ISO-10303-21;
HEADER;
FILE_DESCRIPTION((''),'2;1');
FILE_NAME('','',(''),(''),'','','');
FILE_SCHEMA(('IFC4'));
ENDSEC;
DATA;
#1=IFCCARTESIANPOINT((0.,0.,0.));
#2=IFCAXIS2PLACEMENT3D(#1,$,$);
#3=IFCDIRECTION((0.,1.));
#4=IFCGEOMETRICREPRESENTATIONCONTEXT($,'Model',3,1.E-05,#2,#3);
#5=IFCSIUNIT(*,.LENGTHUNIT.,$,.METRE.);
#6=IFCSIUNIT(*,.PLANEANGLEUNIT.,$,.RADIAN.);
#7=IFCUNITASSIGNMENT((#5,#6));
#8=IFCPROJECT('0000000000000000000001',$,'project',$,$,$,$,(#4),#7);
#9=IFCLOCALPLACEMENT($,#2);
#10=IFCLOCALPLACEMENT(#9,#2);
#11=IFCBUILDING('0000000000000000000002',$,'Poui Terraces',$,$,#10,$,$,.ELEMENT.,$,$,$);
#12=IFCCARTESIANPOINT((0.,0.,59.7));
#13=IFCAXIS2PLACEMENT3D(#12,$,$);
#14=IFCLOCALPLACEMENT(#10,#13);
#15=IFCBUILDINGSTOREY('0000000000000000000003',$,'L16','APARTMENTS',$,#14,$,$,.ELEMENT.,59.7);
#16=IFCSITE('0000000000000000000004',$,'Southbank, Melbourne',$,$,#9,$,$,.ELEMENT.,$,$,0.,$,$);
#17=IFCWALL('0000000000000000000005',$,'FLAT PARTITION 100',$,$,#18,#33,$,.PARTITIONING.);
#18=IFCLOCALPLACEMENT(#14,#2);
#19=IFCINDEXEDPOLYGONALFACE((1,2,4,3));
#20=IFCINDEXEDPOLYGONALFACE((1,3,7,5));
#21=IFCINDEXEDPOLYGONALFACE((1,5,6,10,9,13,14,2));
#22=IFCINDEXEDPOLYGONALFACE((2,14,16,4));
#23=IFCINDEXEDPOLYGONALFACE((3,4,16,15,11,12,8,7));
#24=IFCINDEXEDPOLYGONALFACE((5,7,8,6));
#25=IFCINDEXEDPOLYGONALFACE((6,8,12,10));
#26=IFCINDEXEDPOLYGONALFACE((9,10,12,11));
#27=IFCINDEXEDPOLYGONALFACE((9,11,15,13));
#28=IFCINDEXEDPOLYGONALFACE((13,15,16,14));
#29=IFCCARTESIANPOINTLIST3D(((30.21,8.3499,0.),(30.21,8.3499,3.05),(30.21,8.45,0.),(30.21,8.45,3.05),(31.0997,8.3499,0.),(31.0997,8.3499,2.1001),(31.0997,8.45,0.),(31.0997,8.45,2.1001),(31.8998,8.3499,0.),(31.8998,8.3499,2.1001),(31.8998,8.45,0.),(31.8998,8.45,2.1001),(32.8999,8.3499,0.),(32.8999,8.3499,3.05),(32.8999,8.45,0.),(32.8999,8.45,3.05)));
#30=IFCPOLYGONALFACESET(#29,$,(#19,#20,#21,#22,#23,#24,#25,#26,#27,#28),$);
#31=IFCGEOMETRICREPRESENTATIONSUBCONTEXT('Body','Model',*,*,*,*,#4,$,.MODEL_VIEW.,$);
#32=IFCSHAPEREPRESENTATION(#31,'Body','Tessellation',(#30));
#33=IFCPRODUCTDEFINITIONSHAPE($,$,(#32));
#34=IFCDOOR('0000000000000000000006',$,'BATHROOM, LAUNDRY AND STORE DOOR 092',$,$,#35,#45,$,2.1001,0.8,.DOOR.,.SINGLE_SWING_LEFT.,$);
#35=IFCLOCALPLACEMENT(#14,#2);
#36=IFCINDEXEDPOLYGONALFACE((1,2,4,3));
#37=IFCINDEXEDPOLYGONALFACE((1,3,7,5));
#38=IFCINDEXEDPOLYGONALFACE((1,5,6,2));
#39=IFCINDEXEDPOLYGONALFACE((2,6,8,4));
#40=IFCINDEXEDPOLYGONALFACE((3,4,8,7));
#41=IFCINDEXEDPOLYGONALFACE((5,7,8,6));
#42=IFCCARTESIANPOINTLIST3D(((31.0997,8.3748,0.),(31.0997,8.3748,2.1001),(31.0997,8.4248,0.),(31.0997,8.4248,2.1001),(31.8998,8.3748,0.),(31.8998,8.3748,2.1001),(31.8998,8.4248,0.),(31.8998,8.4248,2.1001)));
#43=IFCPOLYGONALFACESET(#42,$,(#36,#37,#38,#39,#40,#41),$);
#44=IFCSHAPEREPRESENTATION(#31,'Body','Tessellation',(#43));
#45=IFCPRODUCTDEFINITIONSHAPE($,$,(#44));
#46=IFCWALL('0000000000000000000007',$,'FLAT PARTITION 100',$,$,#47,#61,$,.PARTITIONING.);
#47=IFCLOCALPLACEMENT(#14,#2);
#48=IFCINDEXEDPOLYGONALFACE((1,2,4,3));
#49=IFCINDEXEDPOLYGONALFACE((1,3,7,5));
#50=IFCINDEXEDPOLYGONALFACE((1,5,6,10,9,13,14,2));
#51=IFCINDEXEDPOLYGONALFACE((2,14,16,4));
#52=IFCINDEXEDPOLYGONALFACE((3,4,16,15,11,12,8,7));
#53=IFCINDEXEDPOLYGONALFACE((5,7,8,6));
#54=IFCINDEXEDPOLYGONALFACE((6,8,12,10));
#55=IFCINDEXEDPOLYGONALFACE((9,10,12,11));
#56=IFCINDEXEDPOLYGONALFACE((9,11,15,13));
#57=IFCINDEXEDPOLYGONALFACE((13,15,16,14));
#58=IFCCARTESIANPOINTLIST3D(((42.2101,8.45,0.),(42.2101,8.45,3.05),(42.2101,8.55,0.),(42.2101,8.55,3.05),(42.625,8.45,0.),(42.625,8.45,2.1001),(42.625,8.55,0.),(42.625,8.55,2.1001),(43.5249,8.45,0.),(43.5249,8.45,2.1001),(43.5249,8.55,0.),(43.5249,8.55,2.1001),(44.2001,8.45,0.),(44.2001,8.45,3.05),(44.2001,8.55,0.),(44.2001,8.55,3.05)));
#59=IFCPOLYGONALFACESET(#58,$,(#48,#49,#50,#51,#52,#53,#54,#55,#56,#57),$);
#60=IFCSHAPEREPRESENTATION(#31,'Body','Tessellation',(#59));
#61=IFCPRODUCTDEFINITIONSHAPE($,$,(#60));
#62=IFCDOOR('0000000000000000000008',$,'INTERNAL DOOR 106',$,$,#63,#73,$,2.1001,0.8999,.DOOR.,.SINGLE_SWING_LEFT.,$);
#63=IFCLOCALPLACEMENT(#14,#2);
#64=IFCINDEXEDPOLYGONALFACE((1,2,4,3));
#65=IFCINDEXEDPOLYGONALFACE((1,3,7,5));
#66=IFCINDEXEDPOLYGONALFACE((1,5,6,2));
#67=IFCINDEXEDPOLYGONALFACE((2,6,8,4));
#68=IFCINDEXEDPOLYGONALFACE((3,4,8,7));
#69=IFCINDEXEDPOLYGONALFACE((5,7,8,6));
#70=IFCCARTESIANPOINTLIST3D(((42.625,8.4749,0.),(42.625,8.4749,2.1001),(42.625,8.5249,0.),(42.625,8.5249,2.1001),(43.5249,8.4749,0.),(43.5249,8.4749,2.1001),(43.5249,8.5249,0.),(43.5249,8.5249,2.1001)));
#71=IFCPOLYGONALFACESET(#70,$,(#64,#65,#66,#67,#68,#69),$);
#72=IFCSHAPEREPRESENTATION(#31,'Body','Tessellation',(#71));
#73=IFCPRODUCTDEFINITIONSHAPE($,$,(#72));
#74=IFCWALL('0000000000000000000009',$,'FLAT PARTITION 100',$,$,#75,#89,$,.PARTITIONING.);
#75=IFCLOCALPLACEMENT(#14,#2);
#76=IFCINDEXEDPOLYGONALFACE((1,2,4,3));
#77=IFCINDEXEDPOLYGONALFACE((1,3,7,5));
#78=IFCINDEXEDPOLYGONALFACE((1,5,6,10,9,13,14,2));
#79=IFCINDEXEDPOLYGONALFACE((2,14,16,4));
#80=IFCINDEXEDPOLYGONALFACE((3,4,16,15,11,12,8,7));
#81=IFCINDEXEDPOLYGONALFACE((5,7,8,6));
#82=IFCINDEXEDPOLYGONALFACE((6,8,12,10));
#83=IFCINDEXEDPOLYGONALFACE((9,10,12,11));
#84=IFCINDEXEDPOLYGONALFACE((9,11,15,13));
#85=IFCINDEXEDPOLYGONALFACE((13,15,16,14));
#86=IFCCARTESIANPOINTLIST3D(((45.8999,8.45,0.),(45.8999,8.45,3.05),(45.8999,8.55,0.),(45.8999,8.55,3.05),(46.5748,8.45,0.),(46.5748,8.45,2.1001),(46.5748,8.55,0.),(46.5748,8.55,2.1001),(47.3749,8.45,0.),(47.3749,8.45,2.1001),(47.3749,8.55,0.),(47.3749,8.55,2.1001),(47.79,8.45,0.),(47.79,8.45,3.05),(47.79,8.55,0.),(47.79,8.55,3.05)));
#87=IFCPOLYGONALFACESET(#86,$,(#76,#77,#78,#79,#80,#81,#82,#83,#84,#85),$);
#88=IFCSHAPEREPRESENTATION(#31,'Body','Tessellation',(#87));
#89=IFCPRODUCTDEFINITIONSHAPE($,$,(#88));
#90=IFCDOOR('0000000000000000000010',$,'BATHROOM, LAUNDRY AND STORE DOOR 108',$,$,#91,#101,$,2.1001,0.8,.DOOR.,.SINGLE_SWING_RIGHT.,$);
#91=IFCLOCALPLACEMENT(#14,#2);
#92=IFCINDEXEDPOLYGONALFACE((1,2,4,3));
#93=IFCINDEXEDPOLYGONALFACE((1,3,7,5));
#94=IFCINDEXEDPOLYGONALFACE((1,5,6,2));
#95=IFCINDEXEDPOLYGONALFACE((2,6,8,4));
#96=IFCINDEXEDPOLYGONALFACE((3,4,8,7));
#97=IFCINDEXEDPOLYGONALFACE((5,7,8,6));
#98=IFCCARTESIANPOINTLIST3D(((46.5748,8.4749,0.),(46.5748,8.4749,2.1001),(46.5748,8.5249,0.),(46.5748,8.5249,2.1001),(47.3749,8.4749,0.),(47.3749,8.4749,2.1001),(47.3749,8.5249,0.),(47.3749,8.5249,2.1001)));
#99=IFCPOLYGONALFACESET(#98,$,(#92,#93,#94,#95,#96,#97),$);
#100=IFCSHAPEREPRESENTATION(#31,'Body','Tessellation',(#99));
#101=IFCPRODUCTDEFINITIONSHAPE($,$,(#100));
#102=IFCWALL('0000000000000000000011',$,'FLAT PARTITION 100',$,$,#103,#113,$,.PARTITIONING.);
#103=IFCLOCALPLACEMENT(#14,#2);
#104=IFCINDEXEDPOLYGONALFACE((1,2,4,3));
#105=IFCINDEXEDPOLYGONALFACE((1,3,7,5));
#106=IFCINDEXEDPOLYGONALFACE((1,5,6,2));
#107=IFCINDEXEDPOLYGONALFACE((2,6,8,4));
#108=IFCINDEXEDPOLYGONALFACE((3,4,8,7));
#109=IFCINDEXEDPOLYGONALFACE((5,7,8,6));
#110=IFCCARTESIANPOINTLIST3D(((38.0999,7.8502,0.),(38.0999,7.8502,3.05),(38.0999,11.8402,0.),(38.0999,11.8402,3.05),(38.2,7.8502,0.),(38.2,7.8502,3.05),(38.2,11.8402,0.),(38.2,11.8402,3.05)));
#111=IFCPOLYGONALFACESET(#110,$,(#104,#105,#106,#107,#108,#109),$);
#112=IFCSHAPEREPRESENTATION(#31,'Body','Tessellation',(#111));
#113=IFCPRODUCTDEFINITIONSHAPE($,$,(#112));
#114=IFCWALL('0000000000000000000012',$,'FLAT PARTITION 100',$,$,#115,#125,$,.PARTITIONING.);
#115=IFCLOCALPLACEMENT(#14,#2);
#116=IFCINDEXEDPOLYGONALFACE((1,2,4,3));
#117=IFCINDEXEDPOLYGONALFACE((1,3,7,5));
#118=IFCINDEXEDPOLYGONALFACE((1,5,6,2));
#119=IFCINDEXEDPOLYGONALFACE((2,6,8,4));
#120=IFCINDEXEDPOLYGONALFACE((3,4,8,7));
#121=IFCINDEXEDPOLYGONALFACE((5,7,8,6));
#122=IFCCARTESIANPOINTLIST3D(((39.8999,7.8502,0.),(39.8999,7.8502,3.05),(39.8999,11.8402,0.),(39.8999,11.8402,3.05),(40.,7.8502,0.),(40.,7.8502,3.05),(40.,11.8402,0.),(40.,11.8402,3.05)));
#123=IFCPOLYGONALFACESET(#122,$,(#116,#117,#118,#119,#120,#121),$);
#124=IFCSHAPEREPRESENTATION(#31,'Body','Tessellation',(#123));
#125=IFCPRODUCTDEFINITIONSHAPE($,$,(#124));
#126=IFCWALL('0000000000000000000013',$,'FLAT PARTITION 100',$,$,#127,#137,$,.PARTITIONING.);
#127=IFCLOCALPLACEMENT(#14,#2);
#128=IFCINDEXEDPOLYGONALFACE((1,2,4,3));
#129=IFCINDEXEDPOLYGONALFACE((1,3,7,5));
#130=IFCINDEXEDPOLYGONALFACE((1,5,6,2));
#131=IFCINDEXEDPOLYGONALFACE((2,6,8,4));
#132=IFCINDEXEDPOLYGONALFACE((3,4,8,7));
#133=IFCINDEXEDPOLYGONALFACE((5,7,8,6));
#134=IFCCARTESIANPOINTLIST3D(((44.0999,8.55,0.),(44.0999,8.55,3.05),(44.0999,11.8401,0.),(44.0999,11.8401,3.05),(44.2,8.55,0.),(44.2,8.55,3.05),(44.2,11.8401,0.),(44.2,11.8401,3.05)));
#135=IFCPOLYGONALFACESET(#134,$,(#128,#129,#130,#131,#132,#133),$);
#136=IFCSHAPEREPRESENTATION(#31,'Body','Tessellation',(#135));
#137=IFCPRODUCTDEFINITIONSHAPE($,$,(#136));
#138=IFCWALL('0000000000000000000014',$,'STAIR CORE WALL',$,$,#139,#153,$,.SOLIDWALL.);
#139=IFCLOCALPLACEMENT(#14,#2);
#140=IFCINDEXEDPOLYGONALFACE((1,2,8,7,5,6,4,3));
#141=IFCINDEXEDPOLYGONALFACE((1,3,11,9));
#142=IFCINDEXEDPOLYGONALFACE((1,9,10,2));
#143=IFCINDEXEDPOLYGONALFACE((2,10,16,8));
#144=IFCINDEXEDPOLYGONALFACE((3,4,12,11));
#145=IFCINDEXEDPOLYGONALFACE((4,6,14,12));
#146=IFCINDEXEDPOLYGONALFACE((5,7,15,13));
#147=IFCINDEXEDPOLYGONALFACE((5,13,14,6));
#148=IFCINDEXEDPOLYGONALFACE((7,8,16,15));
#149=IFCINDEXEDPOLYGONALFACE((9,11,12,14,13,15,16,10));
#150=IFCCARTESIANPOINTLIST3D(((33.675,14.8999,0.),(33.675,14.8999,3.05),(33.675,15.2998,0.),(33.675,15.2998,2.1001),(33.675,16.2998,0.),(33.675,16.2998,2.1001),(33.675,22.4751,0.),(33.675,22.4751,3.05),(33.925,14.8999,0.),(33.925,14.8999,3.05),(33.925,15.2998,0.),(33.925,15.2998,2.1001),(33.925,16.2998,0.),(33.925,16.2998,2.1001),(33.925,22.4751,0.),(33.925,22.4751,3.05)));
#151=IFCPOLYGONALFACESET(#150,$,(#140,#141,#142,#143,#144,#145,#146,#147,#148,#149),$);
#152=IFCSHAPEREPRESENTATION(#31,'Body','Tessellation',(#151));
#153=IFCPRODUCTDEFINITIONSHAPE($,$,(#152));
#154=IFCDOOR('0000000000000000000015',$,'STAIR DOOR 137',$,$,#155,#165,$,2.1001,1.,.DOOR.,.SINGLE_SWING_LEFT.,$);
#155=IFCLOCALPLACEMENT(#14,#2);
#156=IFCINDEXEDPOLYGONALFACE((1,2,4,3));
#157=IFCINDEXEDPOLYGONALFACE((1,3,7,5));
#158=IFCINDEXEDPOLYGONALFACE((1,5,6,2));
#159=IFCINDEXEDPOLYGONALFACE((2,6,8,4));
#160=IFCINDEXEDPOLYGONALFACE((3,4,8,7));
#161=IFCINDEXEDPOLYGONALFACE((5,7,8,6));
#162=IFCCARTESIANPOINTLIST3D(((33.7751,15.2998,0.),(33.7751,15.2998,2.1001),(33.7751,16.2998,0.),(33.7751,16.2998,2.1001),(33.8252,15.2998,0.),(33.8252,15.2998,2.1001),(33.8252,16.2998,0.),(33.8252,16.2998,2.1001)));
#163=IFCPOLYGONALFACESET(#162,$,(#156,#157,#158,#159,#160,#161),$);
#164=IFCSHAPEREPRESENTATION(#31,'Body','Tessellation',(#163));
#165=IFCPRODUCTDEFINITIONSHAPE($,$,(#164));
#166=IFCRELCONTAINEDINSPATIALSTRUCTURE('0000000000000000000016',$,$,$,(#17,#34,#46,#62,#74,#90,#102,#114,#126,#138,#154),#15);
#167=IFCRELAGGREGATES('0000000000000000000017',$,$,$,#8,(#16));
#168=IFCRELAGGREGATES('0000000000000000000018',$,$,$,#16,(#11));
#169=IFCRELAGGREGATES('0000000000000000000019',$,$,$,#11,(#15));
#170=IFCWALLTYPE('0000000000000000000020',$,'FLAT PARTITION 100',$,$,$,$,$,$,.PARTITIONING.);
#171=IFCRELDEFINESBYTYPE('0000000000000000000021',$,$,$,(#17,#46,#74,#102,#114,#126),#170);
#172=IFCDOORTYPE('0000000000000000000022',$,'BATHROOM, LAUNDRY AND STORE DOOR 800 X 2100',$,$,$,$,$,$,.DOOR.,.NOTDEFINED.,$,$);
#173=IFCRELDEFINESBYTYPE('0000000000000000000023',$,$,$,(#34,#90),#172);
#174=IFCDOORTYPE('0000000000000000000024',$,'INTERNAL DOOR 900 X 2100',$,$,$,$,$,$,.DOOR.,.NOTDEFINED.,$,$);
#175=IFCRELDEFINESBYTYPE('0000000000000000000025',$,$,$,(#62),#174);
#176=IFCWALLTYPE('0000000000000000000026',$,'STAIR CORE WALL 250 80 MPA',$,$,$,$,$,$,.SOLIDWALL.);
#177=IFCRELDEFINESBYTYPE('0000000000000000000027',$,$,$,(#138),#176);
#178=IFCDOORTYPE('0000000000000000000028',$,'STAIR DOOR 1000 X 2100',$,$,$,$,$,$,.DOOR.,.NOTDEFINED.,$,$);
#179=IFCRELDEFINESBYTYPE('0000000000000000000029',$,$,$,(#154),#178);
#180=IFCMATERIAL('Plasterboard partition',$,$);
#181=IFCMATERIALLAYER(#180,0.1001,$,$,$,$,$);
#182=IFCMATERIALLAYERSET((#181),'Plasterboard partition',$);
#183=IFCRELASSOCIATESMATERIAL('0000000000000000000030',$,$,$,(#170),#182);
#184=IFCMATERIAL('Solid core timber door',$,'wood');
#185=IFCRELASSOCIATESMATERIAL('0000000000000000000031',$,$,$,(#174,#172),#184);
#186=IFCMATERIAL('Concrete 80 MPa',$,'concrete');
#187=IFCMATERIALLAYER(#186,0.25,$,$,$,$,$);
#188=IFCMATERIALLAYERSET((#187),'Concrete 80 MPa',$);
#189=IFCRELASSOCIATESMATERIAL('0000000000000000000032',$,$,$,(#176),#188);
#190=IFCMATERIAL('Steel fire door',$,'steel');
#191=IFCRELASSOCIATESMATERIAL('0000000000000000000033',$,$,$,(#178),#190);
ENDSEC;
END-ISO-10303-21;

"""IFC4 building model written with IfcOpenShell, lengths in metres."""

from ifc_helpers import new_model, si_unit, direction, frame, frame_2d, origin, place, context, subcontext, project, spatial, rectangle, extrude, material, layer, layer_set, type_object, element, fill, save


model = new_model("IFC4")

# Units and contexts
model_context = context("Model", 3, precision=1e-05, world=origin(), true_north=direction((0.0, 1.0)))
body_context = subcontext(model_context, "Body", "Model", "MODEL_VIEW")
ifc_project = project(units=[si_unit("LENGTHUNIT", "METRE"), si_unit("PLANEANGLEUNIT", "RADIAN")], contexts=[model_context])

# Site, building, storey
site_placement = place(None, origin())
site = spatial("IfcSite", under=ifc_project, at=site_placement, Name="Southbank, Melbourne", CompositionType="ELEMENT", RefElevation=0.0)
building_placement = place(site_placement, origin())
building = spatial("IfcBuilding", under=site, at=building_placement, Name="Poui Terraces", CompositionType="ELEMENT")
storey_placement = place(building_placement, frame((0.0, 0.0, 59.7)))
storey = spatial("IfcBuildingStorey", under=building, at=storey_placement, Name="L16", Description="APARTMENTS", CompositionType="ELEMENT", Elevation=59.7)

# Shared definitions
ifc_material_1 = material(Name="Concrete 80 MPa", Category="concrete")

# Walls, openings, doors
ifc_material_2 = material(Name="Steel fire door", Category="steel")
ifc_material_3 = material(Name="Plasterboard partition")
ifc_layer_1 = layer(ifc_material_3, 0.1001)
ifc_layer_set_1 = layer_set([ifc_layer_1], Name="Plasterboard partition")
wall_type_1 = type_object("IfcWallType", Name="FLAT PARTITION 100", PredefinedType="PARTITIONING", material=ifc_layer_set_1)
ifc_material_4 = material(Name="Solid core timber door", Category="wood")
door_type_1 = type_object("IfcDoorType", Name="INTERNAL DOOR 900 X 2100", OperationType="NOTDEFINED", PredefinedType="DOOR", material=ifc_material_4)
door_type_2 = type_object("IfcDoorType", Name="BATHROOM, LAUNDRY AND STORE DOOR 800 X 2100", OperationType="NOTDEFINED", PredefinedType="DOOR", material=ifc_material_4)
wall_1_placement = place(storey_placement, frame((30.21, 8.3999, 0.0), z_axis=(0.0, 0.0, 1.0), x_axis=(1.0, 0.0, 0.0)))
wall_1 = element("IfcWall", 1, at=wall_1_placement, inside=storey, type_object=wall_type_1, Name="FLAT PARTITION 100", PredefinedType="PARTITIONING", context=body_context, shape_type="SweptSolid", body=[
    extrude(rectangle(XDim=2.6899, YDim=0.1001, at=frame_2d((1.345, 0.0))), origin(), (0.0, 0.0, 1.0), 3.05),
])
opening_1_placement = place(wall_1_placement, frame((0.8899, 0.0, 0.0)))
opening_1 = element("IfcOpeningElement", 2, at=opening_1_placement, cuts=wall_1, PredefinedType="OPENING", context=body_context, shape_type="SweptSolid", body=[
    extrude(rectangle(XDim=0.8, YDim=2.1001, at=frame_2d((0.3999, 1.05))), frame((0.0, 0.0601, 0.0), z_axis=(0.0, -1.0, 0.0), x_axis=(1.0, 0.0, 0.0)), (0.0, 0.0, 1.0), 0.1201),
])
door_1_placement = place(opening_1_placement, origin())
door_1 = element("IfcDoor", 3, at=door_1_placement, inside=storey, type_object=door_type_2, Name="BATHROOM, LAUNDRY AND STORE DOOR 092", OperationType="SINGLE_SWING_LEFT", OverallHeight=2.1001, OverallWidth=0.8, PredefinedType="DOOR", context=body_context, shape_type="SweptSolid", body=[
    extrude(rectangle(XDim=0.8, YDim=2.1001, at=frame_2d((0.3999, 1.05))), frame((0.0, 0.0249, 0.0), z_axis=(0.0, -1.0, 0.0), x_axis=(1.0, 0.0, 0.0)), (0.0, 0.0, 1.0), 0.05),
])
fill(opening_1, door_1)
wall_2_placement = place(storey_placement, frame((42.21, 8.5, 0.0), z_axis=(0.0, 0.0, 1.0), x_axis=(1.0, 0.0, 0.0)))
wall_2 = element("IfcWall", 4, at=wall_2_placement, inside=storey, type_object=wall_type_1, Name="FLAT PARTITION 100", PredefinedType="PARTITIONING", context=body_context, shape_type="SweptSolid", body=[
    extrude(rectangle(XDim=1.99, YDim=0.1001, at=frame_2d((0.9951, 0.0))), origin(), (0.0, 0.0, 1.0), 3.05),
])
opening_2_placement = place(wall_2_placement, frame((0.415, 0.0, 0.0)))
opening_2 = element("IfcOpeningElement", 5, at=opening_2_placement, cuts=wall_2, PredefinedType="OPENING", context=body_context, shape_type="SweptSolid", body=[
    extrude(rectangle(XDim=0.8999, YDim=2.1001, at=frame_2d((0.45, 1.05))), frame((0.0, 0.0601, 0.0), z_axis=(0.0, -1.0, 0.0), x_axis=(1.0, 0.0, 0.0)), (0.0, 0.0, 1.0), 0.1201),
])
door_2_placement = place(opening_2_placement, origin())
door_2 = element("IfcDoor", 6, at=door_2_placement, inside=storey, type_object=door_type_1, Name="INTERNAL DOOR 106", OperationType="SINGLE_SWING_LEFT", OverallHeight=2.1001, OverallWidth=0.8999, PredefinedType="DOOR", context=body_context, shape_type="SweptSolid", body=[
    extrude(rectangle(XDim=0.8999, YDim=2.1001, at=frame_2d((0.45, 1.05))), frame((0.0, 0.0249, 0.0), z_axis=(0.0, -1.0, 0.0), x_axis=(1.0, 0.0, 0.0)), (0.0, 0.0, 1.0), 0.05),
])
fill(opening_2, door_2)
wall_3_placement = place(storey_placement, frame((45.8999, 8.5, 0.0), z_axis=(0.0, 0.0, 1.0), x_axis=(1.0, 0.0, 0.0)))
wall_3 = element("IfcWall", 7, at=wall_3_placement, inside=storey, type_object=wall_type_1, Name="FLAT PARTITION 100", PredefinedType="PARTITIONING", context=body_context, shape_type="SweptSolid", body=[
    extrude(rectangle(XDim=1.8901, YDim=0.1001, at=frame_2d((0.9451, 0.0))), origin(), (0.0, 0.0, 1.0), 3.05),
])
opening_3_placement = place(wall_3_placement, frame((0.675, 0.0, 0.0)))
opening_3 = element("IfcOpeningElement", 8, at=opening_3_placement, cuts=wall_3, PredefinedType="OPENING", context=body_context, shape_type="SweptSolid", body=[
    extrude(rectangle(XDim=0.8, YDim=2.1001, at=frame_2d((0.3999, 1.05))), frame((0.0, 0.0601, 0.0), z_axis=(0.0, -1.0, 0.0), x_axis=(1.0, 0.0, 0.0)), (0.0, 0.0, 1.0), 0.1201),
])
door_3_placement = place(opening_3_placement, origin())
door_3 = element("IfcDoor", 9, at=door_3_placement, inside=storey, type_object=door_type_2, Name="BATHROOM, LAUNDRY AND STORE DOOR 108", OperationType="SINGLE_SWING_RIGHT", OverallHeight=2.1001, OverallWidth=0.8, PredefinedType="DOOR", context=body_context, shape_type="SweptSolid", body=[
    extrude(rectangle(XDim=0.8, YDim=2.1001, at=frame_2d((0.3999, 1.05))), frame((0.0, 0.0249, 0.0), z_axis=(0.0, -1.0, 0.0), x_axis=(1.0, 0.0, 0.0)), (0.0, 0.0, 1.0), 0.05),
])
fill(opening_3, door_3)

# Walls
for number, where, z_axis, x_axis, name in (
    (10, (38.1499, 7.8501, 0.0), (0.0, 0.0, 1.0), (0.0, 1.0, 0.0), "FLAT PARTITION 100"),
    (11, (39.95, 7.8501, 0.0), (0.0, 0.0, 1.0), (0.0, 1.0, 0.0), "FLAT PARTITION 100"),
):
    element("IfcWall", number, at=place(storey_placement, frame(where, z_axis=z_axis, x_axis=x_axis)), inside=storey, type_object=wall_type_1, Name=name, PredefinedType="PARTITIONING", context=body_context, shape_type="SweptSolid", body=[
        extrude(rectangle(XDim=3.99, YDim=0.1001, at=frame_2d((1.9951, 0.0))), origin(), (0.0, 0.0, 1.0), 3.05),
    ])
wall_4_placement = place(storey_placement, frame((44.1499, 8.55, 0.0), z_axis=(0.0, 0.0, 1.0), x_axis=(0.0, 1.0, 0.0)))
element("IfcWall", 12, at=wall_4_placement, inside=storey, type_object=wall_type_1, Name="FLAT PARTITION 100", PredefinedType="PARTITIONING", context=body_context, shape_type="SweptSolid", body=[
    extrude(rectangle(XDim=3.29, YDim=0.1001, at=frame_2d((1.645, 0.0))), origin(), (0.0, 0.0, 1.0), 3.05),
])

# Wall, opening, door
ifc_layer_2 = layer(ifc_material_1, 0.25)
ifc_layer_set_2 = layer_set([ifc_layer_2], Name="Concrete 80 MPa")
wall_type_2 = type_object("IfcWallType", Name="STAIR CORE WALL 250 80 MPA", PredefinedType="SOLIDWALL", material=ifc_layer_set_2)
wall_5_placement = place(storey_placement, frame((33.8, 14.8999, 0.0), z_axis=(0.0, 0.0, 1.0), x_axis=(0.0, 1.0, 0.0)))
wall_5 = element("IfcWall", 13, at=wall_5_placement, inside=storey, type_object=wall_type_2, Name="STAIR CORE WALL", PredefinedType="SOLIDWALL", context=body_context, shape_type="SweptSolid", body=[
    extrude(rectangle(XDim=7.5752, YDim=0.25, at=frame_2d((3.7876, 0.0))), origin(), (0.0, 0.0, 1.0), 3.05),
])
opening_4_placement = place(wall_5_placement, frame((0.3999, 0.0, 0.0)))
opening_4 = element("IfcOpeningElement", 14, at=opening_4_placement, cuts=wall_5, PredefinedType="OPENING", context=body_context, shape_type="SweptSolid", body=[
    extrude(rectangle(XDim=1.0, YDim=2.1001, at=frame_2d((0.5, 1.05))), frame((0.0, 0.135, 0.0), z_axis=(0.0, -1.0, 0.0), x_axis=(1.0, 0.0, 0.0)), (0.0, 0.0, 1.0), 0.27),
])
door_type_3 = type_object("IfcDoorType", Name="STAIR DOOR 1000 X 2100", OperationType="NOTDEFINED", PredefinedType="DOOR", material=ifc_material_2)
door_4_placement = place(opening_4_placement, origin())
door_4 = element("IfcDoor", 15, at=door_4_placement, inside=storey, type_object=door_type_3, Name="STAIR DOOR 137", OperationType="SINGLE_SWING_LEFT", OverallHeight=2.1001, OverallWidth=1.0, PredefinedType="DOOR", context=body_context, shape_type="SweptSolid", body=[
    extrude(rectangle(XDim=1.0, YDim=2.1001, at=frame_2d((0.5, 1.05))), frame((0.0, 0.0249, 0.0), z_axis=(0.0, -1.0, 0.0), x_axis=(1.0, 0.0, 0.0)), (0.0, 0.0, 1.0), 0.05),
])
fill(opening_4, door_4)

save(model, "model.ifc")
